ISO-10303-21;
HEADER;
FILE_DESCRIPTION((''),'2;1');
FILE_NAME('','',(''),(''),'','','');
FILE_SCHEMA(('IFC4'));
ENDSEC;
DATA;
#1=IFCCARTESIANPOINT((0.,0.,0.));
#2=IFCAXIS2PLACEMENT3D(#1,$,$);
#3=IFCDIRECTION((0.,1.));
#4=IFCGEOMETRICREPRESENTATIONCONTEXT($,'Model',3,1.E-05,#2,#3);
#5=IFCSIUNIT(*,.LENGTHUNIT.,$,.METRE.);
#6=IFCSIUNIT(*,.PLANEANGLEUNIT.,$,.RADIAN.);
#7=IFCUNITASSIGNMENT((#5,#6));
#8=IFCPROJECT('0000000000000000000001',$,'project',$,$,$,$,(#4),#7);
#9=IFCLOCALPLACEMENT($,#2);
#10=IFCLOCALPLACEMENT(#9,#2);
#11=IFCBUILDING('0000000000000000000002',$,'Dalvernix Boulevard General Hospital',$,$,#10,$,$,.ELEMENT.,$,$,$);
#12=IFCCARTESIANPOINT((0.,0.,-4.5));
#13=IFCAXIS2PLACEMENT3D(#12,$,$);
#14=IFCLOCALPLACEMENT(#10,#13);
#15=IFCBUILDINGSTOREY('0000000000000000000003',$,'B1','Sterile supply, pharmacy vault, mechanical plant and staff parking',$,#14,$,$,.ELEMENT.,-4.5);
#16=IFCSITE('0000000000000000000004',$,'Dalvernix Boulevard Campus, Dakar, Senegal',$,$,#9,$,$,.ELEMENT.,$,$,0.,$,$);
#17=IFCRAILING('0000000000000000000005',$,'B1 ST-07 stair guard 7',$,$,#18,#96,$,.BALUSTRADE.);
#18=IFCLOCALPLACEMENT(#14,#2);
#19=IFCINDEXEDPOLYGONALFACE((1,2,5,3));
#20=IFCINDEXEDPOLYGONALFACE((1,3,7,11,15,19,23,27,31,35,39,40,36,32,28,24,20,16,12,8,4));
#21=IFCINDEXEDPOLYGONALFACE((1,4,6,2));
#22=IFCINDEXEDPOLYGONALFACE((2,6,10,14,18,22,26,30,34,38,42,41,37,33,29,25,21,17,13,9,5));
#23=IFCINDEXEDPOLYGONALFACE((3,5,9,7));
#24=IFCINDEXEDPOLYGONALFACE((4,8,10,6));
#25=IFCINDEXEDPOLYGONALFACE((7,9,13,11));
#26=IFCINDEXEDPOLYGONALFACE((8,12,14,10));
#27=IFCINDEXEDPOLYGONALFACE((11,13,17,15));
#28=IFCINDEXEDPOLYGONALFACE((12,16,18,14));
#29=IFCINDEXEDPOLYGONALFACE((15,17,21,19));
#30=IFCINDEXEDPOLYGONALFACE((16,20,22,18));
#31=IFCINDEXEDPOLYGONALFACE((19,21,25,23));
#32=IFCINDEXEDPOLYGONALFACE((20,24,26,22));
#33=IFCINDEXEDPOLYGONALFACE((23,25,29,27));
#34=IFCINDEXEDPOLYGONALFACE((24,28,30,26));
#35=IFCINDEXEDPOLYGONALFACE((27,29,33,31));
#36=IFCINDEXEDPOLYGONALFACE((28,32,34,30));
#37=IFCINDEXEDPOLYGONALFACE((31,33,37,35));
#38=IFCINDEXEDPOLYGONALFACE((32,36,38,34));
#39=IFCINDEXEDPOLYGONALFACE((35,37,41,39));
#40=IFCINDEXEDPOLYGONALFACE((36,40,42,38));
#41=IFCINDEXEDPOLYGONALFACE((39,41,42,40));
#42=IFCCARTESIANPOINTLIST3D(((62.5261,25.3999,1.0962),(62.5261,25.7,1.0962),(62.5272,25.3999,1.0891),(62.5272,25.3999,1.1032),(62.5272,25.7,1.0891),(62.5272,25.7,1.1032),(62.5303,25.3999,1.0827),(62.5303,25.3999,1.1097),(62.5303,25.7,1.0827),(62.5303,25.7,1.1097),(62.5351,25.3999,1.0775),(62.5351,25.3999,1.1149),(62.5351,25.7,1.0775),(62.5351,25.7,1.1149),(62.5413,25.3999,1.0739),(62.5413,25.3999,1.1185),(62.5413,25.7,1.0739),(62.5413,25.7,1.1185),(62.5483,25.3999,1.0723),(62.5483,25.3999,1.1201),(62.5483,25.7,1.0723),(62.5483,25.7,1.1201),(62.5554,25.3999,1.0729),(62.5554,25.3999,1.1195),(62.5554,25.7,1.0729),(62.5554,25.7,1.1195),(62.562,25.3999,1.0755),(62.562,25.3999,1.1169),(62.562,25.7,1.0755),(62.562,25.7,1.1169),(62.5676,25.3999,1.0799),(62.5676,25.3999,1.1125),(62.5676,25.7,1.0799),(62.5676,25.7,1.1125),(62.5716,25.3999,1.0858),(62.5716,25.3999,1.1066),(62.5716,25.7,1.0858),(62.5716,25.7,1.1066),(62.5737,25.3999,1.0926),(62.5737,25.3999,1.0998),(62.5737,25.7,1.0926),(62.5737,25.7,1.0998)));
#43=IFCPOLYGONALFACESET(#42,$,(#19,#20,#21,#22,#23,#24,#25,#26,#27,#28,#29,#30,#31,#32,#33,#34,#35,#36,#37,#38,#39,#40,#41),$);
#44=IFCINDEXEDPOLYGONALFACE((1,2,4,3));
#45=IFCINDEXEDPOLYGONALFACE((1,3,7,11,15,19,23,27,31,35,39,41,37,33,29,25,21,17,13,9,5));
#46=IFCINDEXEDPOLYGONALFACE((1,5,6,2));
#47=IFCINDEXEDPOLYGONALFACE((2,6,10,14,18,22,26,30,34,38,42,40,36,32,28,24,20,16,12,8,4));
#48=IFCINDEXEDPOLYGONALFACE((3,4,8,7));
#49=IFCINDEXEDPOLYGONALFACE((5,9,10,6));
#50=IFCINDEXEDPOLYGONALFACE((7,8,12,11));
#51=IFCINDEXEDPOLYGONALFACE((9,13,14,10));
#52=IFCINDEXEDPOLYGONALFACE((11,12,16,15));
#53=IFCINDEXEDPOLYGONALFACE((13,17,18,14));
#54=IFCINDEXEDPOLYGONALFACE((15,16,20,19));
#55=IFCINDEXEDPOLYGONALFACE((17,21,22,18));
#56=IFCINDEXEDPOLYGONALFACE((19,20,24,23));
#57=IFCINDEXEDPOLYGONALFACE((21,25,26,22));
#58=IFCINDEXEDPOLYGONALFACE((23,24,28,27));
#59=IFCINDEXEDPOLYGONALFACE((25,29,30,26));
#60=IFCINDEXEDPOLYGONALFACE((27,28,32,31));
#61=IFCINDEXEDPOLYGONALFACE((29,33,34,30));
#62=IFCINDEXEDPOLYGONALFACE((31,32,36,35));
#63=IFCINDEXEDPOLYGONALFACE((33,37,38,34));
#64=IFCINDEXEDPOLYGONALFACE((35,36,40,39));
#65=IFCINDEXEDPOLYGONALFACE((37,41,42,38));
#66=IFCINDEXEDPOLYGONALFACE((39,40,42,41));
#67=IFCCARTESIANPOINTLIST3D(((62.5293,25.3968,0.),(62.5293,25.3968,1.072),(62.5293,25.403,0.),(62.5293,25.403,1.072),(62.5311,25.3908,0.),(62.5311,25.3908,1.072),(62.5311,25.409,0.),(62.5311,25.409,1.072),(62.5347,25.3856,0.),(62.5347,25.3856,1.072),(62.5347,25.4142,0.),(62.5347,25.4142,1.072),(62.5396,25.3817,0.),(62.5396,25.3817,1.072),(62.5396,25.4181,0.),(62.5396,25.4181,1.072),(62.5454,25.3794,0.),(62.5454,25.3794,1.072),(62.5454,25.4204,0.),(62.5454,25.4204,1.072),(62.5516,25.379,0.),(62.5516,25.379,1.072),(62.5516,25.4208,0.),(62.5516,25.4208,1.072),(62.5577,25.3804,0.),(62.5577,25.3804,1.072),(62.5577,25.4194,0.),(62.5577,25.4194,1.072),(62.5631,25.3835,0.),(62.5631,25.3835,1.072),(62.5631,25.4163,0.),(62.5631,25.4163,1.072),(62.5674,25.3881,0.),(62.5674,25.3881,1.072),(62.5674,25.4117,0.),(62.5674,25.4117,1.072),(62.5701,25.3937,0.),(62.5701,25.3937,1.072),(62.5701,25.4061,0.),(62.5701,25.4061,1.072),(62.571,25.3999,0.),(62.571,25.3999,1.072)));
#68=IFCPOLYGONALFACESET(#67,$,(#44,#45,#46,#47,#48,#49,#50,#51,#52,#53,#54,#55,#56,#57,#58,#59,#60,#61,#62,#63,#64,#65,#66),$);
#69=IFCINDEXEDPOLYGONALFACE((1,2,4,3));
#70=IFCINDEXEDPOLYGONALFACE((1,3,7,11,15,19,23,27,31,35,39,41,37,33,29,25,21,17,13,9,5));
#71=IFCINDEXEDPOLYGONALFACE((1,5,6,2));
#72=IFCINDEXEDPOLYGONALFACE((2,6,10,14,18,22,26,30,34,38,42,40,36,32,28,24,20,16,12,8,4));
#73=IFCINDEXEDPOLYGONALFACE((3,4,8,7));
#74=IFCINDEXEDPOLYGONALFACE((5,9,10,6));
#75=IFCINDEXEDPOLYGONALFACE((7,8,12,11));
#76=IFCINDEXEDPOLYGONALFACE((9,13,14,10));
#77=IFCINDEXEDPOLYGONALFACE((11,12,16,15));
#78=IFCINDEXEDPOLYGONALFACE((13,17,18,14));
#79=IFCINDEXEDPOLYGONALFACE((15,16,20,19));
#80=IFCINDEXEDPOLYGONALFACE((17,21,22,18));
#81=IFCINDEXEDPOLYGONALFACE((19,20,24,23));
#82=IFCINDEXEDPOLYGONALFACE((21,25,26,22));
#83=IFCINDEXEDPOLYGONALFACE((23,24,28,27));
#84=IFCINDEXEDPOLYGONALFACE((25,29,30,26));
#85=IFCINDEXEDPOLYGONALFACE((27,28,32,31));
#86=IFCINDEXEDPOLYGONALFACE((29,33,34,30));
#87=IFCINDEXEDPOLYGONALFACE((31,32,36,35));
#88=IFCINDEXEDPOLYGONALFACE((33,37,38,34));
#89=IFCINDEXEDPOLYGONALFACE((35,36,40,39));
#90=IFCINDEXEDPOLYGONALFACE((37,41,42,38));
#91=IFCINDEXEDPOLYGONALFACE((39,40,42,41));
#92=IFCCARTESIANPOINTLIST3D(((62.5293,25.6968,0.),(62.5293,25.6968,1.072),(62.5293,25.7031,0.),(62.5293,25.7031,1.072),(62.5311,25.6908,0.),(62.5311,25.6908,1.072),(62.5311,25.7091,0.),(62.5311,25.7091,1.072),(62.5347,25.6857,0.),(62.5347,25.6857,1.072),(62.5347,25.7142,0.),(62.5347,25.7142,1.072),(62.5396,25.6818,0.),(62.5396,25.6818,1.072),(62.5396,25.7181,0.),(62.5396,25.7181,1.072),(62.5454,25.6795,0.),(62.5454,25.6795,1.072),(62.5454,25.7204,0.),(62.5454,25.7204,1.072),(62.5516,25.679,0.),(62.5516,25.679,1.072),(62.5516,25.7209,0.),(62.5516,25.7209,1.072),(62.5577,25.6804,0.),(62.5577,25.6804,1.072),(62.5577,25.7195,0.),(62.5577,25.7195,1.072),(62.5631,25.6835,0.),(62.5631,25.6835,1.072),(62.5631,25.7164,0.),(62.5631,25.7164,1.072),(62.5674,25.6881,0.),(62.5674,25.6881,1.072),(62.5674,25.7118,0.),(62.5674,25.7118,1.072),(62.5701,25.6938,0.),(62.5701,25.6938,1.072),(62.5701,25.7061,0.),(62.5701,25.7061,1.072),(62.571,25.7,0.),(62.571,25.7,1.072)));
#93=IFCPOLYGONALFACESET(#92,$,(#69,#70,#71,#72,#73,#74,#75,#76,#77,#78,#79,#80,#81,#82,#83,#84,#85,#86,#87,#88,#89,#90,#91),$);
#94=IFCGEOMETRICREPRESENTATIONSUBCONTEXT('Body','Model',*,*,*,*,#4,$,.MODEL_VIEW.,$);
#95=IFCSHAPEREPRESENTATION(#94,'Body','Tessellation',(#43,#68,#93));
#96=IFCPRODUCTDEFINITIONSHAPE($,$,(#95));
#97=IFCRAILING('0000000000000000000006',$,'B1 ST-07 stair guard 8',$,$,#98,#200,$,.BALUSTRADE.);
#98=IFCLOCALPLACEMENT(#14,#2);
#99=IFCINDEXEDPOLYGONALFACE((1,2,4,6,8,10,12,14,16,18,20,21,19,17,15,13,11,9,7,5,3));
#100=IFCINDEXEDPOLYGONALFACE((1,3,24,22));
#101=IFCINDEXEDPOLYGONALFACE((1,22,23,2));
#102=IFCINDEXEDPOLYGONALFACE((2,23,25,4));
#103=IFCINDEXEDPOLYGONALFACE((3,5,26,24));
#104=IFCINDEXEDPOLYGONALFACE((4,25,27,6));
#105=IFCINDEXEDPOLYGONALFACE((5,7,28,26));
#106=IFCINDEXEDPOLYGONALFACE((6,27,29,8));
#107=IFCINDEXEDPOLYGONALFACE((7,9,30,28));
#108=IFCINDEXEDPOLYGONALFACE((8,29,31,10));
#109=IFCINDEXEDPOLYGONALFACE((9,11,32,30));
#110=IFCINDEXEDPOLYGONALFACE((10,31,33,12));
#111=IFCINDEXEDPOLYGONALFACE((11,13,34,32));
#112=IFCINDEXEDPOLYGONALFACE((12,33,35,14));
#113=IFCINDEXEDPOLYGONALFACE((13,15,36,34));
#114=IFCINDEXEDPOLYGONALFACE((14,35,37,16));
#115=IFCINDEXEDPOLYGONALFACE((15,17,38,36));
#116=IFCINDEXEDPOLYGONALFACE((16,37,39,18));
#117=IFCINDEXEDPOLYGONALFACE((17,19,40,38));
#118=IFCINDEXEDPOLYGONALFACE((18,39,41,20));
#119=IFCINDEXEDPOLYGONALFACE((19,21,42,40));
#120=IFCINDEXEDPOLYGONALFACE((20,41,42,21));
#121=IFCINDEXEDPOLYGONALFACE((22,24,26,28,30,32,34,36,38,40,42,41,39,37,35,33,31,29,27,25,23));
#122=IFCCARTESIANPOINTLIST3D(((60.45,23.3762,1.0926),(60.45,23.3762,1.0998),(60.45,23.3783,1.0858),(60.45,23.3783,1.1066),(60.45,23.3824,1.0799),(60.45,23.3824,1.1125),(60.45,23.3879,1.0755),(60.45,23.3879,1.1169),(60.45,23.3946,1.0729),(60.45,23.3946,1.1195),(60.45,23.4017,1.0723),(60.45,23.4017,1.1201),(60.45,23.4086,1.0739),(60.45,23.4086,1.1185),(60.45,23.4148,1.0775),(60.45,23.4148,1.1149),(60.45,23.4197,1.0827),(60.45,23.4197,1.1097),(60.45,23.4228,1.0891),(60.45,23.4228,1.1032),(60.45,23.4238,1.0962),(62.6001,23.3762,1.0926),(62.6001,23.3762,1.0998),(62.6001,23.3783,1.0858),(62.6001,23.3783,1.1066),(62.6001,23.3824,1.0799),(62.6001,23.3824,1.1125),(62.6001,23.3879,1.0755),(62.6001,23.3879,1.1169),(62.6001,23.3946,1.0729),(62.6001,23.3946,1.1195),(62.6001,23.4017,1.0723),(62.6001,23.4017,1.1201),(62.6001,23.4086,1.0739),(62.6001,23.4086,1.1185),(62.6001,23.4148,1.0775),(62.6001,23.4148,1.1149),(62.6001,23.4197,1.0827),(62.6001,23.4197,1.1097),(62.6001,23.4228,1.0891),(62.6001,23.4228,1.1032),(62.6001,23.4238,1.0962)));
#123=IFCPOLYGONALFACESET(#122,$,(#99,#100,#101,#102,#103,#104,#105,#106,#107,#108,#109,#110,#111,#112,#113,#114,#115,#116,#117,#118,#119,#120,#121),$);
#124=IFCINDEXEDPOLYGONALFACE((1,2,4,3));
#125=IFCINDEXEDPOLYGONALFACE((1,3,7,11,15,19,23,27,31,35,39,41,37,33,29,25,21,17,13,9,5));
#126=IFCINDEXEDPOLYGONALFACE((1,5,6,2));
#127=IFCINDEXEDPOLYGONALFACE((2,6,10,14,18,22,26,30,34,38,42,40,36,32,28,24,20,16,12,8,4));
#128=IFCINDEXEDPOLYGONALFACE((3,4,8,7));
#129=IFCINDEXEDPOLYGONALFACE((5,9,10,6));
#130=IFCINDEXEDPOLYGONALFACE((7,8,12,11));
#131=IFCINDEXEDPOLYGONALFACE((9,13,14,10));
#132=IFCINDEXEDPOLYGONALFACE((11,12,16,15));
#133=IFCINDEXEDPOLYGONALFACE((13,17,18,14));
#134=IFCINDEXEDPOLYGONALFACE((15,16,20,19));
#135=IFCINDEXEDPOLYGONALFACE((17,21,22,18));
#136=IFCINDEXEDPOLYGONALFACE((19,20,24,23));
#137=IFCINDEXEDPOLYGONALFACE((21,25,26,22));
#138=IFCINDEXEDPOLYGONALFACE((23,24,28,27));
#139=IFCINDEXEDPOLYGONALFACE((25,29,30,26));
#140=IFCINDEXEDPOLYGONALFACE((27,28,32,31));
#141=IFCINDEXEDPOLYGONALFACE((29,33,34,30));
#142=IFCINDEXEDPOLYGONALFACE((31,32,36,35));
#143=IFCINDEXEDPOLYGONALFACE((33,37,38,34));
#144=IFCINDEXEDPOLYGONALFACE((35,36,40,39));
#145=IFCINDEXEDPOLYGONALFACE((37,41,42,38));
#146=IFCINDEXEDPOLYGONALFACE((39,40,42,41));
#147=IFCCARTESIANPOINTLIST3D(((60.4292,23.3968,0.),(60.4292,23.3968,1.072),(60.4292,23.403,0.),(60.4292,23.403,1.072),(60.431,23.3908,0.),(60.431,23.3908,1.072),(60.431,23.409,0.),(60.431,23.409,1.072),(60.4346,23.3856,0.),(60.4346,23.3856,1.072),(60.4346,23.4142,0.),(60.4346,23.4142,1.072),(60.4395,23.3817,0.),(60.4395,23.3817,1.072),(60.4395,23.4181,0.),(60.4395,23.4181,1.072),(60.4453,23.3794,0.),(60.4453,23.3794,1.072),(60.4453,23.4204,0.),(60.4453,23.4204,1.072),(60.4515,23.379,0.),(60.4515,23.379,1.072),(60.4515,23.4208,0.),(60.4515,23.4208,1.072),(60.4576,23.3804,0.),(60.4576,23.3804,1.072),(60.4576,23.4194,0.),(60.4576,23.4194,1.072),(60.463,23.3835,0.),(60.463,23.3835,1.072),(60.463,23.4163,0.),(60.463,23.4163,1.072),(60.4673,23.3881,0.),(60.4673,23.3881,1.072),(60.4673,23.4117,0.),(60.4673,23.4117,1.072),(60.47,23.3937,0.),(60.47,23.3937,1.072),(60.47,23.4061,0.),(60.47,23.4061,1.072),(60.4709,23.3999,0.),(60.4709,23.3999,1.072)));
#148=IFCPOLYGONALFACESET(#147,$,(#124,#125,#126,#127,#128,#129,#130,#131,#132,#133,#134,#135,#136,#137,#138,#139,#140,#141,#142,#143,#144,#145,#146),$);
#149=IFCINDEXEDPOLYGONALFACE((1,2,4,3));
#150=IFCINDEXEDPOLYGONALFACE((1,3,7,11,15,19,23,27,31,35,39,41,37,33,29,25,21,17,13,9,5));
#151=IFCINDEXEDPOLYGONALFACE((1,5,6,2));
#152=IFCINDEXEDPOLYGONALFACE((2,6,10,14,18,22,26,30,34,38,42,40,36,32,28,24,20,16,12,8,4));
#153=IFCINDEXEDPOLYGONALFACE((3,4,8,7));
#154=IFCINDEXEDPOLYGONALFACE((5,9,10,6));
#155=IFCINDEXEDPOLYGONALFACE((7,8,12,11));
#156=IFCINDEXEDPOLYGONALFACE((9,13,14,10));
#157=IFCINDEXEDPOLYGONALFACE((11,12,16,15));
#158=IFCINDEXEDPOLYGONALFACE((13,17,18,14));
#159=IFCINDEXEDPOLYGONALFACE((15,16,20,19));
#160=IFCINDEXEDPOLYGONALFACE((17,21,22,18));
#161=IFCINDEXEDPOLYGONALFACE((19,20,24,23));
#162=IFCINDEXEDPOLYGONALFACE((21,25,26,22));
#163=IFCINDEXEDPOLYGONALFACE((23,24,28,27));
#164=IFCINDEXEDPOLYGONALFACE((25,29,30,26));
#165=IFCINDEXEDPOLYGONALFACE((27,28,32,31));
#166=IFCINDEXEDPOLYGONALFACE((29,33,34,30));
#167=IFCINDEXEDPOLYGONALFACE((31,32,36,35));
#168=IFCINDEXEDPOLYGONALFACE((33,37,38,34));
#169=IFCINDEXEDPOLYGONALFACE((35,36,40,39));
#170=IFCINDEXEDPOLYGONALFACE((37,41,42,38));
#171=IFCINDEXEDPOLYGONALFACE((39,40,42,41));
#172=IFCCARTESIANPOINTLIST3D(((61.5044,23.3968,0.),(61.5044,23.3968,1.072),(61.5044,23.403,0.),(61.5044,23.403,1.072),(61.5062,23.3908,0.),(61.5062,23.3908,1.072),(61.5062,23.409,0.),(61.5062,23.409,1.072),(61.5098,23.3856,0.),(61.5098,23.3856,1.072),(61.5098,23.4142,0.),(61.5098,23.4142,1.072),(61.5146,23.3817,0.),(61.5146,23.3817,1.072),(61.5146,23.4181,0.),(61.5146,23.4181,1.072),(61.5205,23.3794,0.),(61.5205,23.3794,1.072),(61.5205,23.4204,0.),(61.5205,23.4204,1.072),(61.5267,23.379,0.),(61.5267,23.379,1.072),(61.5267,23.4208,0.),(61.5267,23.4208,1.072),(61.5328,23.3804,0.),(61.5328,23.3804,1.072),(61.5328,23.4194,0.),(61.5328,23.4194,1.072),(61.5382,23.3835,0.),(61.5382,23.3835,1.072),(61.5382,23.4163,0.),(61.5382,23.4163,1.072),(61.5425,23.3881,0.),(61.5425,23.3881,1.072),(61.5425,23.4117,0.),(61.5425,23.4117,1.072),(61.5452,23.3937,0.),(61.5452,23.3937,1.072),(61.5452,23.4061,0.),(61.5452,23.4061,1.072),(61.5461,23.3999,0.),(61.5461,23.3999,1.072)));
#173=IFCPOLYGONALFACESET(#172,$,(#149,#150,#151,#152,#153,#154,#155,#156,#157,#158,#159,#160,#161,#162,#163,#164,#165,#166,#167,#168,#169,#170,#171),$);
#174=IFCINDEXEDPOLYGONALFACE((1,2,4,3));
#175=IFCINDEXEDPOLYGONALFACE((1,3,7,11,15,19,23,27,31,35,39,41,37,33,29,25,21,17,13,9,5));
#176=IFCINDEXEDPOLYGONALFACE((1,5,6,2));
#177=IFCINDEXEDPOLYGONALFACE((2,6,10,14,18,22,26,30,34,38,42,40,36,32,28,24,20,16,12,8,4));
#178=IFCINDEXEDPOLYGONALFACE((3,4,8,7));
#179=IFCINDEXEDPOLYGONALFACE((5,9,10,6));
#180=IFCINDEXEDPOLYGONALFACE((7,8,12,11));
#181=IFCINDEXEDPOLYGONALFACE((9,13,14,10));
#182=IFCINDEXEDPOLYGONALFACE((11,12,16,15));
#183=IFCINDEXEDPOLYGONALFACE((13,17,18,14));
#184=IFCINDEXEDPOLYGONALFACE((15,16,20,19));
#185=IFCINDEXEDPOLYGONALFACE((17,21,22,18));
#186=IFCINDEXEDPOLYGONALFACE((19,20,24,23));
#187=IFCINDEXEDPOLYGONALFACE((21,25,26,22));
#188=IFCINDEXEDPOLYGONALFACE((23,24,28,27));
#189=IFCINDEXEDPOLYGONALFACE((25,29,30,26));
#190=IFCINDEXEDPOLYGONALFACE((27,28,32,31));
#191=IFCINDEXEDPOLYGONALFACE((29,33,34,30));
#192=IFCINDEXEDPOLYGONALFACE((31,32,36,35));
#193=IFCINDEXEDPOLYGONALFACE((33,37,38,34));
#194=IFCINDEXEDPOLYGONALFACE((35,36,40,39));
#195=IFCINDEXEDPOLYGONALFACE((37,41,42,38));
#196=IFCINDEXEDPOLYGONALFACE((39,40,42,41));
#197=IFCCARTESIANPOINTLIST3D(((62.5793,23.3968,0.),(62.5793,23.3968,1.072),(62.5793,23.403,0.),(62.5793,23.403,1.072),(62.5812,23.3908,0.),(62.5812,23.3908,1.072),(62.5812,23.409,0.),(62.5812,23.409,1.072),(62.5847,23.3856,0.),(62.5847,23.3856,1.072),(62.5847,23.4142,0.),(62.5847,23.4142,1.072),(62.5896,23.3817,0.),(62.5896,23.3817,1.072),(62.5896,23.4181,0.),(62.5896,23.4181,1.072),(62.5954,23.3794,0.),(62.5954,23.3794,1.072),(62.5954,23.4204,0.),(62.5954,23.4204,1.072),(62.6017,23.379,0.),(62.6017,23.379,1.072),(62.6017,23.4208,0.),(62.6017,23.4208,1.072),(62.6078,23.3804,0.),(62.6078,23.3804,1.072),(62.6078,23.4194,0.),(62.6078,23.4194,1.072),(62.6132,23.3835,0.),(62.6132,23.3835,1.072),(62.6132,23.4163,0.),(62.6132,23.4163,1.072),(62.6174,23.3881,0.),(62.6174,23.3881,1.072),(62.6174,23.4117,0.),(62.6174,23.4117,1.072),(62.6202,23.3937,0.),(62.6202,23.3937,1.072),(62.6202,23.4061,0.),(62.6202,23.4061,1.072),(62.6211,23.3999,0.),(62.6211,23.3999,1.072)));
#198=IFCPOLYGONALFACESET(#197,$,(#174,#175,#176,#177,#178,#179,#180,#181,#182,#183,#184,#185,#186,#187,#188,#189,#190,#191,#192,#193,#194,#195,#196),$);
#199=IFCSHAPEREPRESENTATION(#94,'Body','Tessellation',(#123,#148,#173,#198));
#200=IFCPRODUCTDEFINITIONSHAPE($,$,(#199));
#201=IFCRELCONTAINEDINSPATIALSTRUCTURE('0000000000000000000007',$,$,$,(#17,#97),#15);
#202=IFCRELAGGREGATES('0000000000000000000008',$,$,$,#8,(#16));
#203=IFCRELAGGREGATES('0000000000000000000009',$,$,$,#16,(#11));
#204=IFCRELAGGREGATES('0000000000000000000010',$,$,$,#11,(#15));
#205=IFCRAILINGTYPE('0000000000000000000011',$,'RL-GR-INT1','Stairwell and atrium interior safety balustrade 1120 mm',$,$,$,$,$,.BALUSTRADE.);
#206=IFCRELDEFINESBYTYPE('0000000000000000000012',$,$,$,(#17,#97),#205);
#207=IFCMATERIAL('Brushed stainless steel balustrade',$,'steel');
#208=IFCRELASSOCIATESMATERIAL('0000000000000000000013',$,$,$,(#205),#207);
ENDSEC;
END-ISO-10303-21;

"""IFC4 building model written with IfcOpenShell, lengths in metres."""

from ifc_helpers import new_model, si_unit, direction, frame, origin, origin_2d, place, context, subcontext, project, spatial, circle, extrude, material, type_object, element, save


model = new_model("IFC4")

# Units and contexts
model_context = context("Model", 3, precision=1e-05, world=origin(), true_north=direction((0.0, 1.0)))
body_context = subcontext(model_context, "Body", "Model", "MODEL_VIEW")
ifc_project = project(units=[si_unit("LENGTHUNIT", "METRE"), si_unit("PLANEANGLEUNIT", "RADIAN")], contexts=[model_context])

# Site, building, storey
site_placement = place(None, origin())
site = spatial("IfcSite", under=ifc_project, at=site_placement, Name="Dalvernix Boulevard Campus, Dakar, Senegal", CompositionType="ELEMENT", RefElevation=0.0)
building_placement = place(site_placement, origin())
building = spatial("IfcBuilding", under=site, at=building_placement, Name="Dalvernix Boulevard General Hospital", CompositionType="ELEMENT")
storey_placement = place(building_placement, frame((0.0, 0.0, -4.5)))
storey = spatial("IfcBuildingStorey", under=building, at=storey_placement, Name="B1", Description="Sterile supply, pharmacy vault, mechanical plant and staff parking", CompositionType="ELEMENT", Elevation=-4.5)

# Railings
ifc_material_1 = material(Name="Brushed stainless steel balustrade", Category="steel")
railing_type_1 = type_object("IfcRailingType", Name="RL-GR-INT1", Description="Stairwell and atrium interior safety balustrade 1120 mm", PredefinedType="BALUSTRADE", material=ifc_material_1)
railing_1_placement = place(storey_placement, frame((62.55, 25.3999, 0.0)))
element("IfcRailing", 1, at=railing_1_placement, inside=storey, type_object=railing_type_1, Name="B1 ST-07 stair guard 7", PredefinedType="BALUSTRADE", context=body_context, shape_type="SweptSolid", body=[
    extrude(circle(Radius=0.0239, at=origin_2d()), frame((0.0, 0.0, 1.0962), z_axis=(0.0, 1.0, 0.0), x_axis=(-1.0, 0.0, 0.0)), (0.0, 0.0, 1.0), 0.3),
    extrude(circle(Radius=0.021, at=origin_2d()), origin(), (0.0, 0.0, 1.0), 1.072),
    extrude(circle(Radius=0.021, at=origin_2d()), frame((0.0, 0.3, 0.0)), (0.0, 0.0, 1.0), 1.072),
])
for number, where, name in (
    (2, (60.45, 23.3999, 0.0), "B1 ST-07 stair guard 8"),
):
    element("IfcRailing", number, at=place(storey_placement, frame(where)), inside=storey, type_object=railing_type_1, Name=name, PredefinedType="BALUSTRADE", context=body_context, shape_type="SweptSolid", body=[
        extrude(circle(Radius=0.0239, at=origin_2d()), frame((0.0, 0.0, 1.0962), z_axis=(1.0, 0.0, 0.0), x_axis=(0.0, 1.0, 0.0)), (0.0, 0.0, 1.0), 2.1501),
        extrude(circle(Radius=0.021, at=origin_2d()), origin(), (0.0, 0.0, 1.0), 1.072),
        extrude(circle(Radius=0.021, at=origin_2d()), frame((1.0752, 0.0, 0.0)), (0.0, 0.0, 1.0), 1.072),
        extrude(circle(Radius=0.021, at=origin_2d()), frame((2.1501, 0.0, 0.0)), (0.0, 0.0, 1.0), 1.072),
    ])

save(model, "model.ifc")
